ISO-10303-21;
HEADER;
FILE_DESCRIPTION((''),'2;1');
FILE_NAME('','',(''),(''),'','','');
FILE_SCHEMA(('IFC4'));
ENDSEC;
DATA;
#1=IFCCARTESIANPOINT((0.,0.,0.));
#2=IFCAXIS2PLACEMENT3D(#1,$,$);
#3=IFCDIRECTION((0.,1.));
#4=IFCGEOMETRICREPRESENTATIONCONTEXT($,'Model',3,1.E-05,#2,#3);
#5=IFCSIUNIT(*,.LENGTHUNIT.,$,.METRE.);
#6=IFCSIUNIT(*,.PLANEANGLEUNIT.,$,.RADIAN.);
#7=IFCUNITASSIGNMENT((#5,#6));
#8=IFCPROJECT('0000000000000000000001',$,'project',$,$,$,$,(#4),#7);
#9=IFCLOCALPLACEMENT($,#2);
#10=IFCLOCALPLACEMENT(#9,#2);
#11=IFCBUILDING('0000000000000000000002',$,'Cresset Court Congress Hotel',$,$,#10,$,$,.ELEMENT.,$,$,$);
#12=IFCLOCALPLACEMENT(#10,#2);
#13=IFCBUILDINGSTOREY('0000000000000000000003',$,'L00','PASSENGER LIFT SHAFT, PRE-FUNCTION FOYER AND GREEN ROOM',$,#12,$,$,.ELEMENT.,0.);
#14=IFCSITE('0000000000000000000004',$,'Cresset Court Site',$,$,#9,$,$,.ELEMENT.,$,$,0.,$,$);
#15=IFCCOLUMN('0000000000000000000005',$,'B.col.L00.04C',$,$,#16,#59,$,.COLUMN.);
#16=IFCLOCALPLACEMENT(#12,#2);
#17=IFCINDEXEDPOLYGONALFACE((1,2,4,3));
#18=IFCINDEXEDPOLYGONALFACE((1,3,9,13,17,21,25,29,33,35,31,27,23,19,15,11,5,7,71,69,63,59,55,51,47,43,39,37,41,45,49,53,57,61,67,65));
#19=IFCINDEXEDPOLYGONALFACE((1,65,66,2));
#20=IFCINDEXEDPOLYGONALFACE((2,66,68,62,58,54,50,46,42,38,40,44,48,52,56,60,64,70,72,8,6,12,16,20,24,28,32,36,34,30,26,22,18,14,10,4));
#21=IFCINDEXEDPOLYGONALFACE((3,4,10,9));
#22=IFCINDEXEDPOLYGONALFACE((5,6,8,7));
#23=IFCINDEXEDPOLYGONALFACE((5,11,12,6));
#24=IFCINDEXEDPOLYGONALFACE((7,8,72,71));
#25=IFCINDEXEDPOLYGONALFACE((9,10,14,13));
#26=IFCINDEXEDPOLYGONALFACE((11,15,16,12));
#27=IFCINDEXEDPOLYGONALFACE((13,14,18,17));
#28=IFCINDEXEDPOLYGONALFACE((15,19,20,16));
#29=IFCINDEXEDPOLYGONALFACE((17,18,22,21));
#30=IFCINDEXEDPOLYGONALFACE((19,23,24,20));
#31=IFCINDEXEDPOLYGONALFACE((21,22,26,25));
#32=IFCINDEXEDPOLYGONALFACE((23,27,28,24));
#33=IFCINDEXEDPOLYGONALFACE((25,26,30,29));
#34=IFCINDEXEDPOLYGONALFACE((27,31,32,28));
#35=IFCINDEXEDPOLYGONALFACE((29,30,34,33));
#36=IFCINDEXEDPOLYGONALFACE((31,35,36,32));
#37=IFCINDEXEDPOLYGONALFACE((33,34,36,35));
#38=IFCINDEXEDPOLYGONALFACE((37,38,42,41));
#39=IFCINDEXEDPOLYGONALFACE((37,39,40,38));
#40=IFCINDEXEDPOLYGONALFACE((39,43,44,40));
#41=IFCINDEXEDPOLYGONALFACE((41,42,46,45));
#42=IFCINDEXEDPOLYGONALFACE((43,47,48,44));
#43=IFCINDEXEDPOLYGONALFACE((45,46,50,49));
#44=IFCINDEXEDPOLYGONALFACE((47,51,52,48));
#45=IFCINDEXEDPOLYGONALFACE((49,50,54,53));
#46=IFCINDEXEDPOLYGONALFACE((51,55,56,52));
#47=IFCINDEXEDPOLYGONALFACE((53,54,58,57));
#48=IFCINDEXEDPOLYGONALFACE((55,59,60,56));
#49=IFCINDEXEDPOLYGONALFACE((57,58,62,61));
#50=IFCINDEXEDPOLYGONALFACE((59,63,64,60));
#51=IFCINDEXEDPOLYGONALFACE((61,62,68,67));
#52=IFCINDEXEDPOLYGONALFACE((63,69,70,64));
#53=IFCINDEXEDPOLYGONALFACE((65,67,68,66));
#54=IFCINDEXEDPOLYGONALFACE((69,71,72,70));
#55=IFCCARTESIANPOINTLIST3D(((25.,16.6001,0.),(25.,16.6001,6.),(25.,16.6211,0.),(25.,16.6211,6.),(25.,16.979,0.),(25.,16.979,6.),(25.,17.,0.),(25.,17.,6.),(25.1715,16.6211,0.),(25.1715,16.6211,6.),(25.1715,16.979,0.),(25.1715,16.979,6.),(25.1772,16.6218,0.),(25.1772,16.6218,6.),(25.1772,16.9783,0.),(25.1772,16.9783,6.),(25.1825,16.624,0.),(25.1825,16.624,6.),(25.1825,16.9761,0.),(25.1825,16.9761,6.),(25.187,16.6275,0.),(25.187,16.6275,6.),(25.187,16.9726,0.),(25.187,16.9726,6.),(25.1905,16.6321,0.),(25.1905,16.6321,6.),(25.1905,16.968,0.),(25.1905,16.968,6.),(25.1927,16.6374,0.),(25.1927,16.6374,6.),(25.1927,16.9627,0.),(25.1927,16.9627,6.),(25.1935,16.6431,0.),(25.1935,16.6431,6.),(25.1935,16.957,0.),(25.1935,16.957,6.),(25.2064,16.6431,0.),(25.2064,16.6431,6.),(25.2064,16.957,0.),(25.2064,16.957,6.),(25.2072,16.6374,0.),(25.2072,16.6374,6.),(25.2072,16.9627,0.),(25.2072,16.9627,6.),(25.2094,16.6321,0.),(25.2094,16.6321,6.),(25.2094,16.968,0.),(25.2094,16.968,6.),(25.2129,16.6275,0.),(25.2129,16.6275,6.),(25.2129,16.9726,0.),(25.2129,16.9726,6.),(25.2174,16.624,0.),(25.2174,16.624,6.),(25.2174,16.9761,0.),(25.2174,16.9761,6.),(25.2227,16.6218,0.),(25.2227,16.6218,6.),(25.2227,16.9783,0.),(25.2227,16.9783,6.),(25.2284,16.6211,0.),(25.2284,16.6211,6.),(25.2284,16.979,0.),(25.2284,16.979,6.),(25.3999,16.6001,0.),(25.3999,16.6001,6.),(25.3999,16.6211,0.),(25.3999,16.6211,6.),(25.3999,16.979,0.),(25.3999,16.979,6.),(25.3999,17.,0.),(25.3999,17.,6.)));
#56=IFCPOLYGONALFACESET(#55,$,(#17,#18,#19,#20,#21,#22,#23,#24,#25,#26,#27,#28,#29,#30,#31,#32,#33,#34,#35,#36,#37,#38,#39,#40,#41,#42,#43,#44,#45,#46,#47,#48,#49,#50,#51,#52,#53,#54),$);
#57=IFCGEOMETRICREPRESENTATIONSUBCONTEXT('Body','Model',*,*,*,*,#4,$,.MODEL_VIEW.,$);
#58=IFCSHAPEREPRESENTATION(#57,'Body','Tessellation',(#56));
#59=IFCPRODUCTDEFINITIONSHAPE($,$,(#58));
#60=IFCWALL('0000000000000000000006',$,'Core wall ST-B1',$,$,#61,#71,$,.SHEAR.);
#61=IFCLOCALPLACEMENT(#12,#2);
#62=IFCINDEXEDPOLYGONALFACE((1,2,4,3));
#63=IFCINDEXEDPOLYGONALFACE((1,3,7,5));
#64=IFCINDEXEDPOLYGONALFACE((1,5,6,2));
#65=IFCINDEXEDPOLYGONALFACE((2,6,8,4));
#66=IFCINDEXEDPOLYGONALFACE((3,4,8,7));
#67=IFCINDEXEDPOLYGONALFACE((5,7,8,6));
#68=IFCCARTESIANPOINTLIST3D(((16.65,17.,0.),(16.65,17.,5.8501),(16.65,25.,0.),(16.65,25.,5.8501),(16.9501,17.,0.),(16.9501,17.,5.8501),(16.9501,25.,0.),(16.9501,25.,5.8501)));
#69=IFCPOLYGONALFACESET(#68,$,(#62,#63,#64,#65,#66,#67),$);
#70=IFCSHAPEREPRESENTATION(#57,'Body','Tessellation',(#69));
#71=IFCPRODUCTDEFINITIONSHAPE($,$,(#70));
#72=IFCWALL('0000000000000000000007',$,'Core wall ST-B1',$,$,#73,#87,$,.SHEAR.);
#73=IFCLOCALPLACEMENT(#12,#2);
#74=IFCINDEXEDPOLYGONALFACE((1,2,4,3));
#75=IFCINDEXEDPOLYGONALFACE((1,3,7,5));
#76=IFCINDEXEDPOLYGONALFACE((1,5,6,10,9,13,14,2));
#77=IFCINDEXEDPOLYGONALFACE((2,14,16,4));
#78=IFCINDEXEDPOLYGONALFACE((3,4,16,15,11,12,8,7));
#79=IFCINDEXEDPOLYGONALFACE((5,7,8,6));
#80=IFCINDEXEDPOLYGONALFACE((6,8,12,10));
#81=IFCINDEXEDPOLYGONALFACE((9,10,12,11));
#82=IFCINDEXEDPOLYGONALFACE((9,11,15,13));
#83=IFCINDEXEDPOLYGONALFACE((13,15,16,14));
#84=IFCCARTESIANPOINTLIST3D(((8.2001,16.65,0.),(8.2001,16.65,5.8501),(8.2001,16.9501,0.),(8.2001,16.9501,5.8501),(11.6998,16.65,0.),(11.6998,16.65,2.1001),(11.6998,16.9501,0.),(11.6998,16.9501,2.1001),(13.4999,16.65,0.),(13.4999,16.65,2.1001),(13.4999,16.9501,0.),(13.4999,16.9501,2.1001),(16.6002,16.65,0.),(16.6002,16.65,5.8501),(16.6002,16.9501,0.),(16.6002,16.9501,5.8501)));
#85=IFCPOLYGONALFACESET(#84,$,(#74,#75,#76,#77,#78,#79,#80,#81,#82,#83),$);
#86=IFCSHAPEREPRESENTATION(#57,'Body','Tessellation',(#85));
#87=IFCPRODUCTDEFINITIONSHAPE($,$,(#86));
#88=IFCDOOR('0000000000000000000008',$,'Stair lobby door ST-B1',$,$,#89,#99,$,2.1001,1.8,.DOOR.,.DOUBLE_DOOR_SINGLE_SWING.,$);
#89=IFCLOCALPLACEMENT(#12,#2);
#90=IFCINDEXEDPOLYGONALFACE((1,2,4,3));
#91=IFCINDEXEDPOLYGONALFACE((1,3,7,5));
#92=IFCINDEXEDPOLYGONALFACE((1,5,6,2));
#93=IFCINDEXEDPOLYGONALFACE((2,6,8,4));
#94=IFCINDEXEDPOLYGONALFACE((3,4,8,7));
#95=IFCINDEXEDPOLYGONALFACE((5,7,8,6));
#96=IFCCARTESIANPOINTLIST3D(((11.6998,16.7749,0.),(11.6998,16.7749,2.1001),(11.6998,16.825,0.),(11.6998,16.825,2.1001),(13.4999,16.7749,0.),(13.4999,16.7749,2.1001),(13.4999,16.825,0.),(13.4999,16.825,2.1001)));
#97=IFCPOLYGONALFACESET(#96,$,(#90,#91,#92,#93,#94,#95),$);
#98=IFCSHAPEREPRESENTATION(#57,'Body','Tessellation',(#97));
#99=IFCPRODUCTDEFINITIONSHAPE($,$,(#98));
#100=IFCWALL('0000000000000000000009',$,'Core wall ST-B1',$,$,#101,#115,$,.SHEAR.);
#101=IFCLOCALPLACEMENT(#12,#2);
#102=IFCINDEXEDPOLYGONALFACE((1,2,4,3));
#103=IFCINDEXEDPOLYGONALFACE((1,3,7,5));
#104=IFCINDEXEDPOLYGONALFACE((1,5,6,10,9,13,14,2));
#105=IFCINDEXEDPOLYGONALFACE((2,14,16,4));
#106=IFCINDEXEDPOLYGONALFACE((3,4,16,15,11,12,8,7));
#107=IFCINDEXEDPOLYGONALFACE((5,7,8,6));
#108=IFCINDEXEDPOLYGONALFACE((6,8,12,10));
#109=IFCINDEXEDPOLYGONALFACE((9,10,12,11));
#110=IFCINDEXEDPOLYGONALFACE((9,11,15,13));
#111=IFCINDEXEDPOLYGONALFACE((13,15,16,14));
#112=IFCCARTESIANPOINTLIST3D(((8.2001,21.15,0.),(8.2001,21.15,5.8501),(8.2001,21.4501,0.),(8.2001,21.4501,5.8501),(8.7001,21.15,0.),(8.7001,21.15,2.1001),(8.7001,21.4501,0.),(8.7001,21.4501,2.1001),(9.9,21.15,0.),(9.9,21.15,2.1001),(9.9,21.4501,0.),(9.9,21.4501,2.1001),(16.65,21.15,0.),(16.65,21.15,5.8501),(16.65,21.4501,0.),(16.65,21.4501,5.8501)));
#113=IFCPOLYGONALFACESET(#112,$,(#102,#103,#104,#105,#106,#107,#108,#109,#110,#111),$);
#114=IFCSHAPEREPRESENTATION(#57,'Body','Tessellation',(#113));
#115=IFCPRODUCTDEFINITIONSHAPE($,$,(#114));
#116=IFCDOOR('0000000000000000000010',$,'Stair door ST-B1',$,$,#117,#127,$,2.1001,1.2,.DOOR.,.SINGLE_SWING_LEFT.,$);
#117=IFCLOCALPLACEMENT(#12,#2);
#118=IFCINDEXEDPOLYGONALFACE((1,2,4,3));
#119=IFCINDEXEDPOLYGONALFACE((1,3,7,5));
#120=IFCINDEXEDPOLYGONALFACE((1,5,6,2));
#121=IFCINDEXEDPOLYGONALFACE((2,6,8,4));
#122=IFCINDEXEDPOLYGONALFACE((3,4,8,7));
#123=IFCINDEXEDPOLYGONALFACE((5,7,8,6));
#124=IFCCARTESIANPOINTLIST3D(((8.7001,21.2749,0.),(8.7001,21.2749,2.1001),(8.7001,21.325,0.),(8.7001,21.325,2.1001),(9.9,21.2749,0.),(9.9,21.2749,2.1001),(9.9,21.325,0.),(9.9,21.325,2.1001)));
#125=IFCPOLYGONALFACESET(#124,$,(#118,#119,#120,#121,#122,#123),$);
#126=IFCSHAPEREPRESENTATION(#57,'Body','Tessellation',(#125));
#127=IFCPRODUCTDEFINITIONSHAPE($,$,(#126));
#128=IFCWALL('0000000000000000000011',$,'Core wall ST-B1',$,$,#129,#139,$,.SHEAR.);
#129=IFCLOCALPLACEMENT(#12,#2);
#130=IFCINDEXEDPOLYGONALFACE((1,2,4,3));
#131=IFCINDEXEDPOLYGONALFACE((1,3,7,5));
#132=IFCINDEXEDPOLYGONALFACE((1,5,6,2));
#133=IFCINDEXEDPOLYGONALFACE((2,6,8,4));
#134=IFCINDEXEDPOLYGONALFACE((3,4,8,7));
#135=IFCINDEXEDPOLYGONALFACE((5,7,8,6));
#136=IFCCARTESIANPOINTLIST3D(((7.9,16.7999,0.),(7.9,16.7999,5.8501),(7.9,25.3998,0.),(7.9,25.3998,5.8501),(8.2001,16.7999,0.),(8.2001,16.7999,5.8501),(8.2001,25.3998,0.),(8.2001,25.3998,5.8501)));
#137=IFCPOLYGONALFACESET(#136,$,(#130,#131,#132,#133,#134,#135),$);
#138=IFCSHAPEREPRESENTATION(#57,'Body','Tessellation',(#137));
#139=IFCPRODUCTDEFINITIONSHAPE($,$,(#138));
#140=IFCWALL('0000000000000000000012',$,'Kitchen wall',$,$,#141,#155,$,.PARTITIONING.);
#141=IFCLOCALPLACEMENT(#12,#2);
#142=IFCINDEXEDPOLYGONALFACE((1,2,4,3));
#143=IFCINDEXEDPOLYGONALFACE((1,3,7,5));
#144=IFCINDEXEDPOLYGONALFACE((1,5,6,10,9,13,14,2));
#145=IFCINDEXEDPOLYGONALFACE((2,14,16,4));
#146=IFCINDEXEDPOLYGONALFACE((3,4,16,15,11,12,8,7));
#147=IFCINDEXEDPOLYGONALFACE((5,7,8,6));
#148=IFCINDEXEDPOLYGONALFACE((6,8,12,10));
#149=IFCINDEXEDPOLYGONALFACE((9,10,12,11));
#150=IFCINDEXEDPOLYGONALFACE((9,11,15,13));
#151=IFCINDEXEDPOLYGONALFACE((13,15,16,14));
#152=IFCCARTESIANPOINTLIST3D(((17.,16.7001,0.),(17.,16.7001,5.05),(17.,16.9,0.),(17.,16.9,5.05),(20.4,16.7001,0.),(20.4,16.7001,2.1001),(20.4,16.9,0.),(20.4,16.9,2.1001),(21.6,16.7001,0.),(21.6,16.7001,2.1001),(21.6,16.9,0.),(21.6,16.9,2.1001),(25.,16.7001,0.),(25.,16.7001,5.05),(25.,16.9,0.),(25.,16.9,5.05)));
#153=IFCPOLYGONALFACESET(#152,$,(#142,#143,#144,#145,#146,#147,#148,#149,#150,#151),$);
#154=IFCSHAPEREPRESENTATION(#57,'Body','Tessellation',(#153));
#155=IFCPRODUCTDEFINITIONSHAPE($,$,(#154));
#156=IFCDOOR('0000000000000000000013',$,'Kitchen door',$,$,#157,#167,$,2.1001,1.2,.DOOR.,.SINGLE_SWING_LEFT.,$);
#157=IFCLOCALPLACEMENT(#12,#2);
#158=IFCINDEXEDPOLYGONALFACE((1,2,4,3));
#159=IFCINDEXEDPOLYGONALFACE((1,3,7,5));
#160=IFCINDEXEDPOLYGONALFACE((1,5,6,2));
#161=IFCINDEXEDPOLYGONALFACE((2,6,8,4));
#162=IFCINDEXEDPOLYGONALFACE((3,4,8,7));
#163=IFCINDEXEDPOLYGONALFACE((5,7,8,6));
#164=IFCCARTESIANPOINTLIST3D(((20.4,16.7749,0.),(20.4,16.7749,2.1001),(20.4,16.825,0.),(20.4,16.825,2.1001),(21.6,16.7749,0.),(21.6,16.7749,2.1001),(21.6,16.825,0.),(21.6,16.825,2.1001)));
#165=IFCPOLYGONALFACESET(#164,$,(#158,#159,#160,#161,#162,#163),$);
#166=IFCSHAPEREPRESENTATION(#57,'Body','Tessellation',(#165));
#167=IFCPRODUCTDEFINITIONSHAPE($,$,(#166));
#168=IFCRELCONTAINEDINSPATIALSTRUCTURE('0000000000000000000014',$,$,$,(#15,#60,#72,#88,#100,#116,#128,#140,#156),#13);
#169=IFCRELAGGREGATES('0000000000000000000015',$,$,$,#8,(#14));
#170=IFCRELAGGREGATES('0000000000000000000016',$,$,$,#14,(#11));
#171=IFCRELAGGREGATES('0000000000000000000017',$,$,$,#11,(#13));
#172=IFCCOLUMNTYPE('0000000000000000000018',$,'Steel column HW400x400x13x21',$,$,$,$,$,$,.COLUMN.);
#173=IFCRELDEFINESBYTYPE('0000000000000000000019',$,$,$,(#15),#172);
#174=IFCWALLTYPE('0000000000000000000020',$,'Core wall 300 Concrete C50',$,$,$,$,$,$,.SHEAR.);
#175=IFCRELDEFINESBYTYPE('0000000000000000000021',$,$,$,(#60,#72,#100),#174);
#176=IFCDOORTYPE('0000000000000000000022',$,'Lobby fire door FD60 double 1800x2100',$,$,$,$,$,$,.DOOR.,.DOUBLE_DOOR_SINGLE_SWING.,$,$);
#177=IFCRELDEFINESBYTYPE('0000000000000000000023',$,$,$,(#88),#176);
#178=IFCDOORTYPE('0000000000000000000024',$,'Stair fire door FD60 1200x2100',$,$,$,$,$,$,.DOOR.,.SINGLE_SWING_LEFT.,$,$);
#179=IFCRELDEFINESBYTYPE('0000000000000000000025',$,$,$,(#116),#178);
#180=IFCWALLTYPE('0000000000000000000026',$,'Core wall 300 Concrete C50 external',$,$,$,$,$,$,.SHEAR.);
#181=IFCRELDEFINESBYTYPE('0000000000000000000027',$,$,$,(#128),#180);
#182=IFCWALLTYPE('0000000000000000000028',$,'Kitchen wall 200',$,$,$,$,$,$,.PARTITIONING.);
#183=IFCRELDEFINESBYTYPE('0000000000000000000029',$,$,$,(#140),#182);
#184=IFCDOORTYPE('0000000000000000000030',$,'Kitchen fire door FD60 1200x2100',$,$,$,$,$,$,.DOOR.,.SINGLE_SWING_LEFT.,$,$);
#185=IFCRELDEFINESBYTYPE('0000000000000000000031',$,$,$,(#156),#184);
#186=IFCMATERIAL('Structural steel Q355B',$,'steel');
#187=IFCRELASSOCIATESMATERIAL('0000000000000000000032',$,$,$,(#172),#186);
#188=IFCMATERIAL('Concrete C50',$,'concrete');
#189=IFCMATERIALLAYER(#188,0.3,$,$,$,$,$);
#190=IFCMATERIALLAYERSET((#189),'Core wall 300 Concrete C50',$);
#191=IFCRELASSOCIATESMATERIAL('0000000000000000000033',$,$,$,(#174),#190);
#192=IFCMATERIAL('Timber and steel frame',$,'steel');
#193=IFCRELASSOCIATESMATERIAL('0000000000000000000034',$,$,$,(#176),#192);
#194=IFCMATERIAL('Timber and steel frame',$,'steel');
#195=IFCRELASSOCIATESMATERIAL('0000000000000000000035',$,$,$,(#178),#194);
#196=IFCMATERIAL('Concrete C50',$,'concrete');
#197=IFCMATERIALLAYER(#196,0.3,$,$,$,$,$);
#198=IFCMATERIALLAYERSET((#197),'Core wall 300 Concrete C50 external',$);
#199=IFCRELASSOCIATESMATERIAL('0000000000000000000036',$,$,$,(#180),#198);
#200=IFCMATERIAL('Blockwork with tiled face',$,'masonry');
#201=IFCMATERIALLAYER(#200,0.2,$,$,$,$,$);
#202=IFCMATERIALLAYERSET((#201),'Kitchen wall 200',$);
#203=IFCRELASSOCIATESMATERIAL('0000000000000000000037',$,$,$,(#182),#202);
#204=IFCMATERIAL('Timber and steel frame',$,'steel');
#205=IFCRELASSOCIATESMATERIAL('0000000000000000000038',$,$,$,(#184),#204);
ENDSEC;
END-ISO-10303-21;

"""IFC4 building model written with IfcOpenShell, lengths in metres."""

from ifc_helpers import new_model, si_unit, direction, frame, frame_2d, origin, origin_2d, place, context, subcontext, project, spatial, rectangle, i_section, extrude, material, layer, layer_set, material_profile, profile_set, type_object, element, fill, save


model = new_model("IFC4")

# Units and contexts
model_context = context("Model", 3, precision=1e-05, world=origin(), true_north=direction((0.0, 1.0)))
body_context = subcontext(model_context, "Body", "Model", "MODEL_VIEW")
ifc_project = project(units=[si_unit("LENGTHUNIT", "METRE"), si_unit("PLANEANGLEUNIT", "RADIAN")], contexts=[model_context])

# Site, building, storey
site_placement = place(None, origin())
site = spatial("IfcSite", under=ifc_project, at=site_placement, Name="Cresset Court Site", CompositionType="ELEMENT", RefElevation=0.0)
building_placement = place(site_placement, origin())
building = spatial("IfcBuilding", under=site, at=building_placement, Name="Cresset Court Congress Hotel", CompositionType="ELEMENT")
storey_placement = place(building_placement, origin())
storey = spatial("IfcBuildingStorey", under=building, at=storey_placement, Name="L00", Description="PASSENGER LIFT SHAFT, PRE-FUNCTION FOYER AND GREEN ROOM", CompositionType="ELEMENT", Elevation=0.0)

# Column
ifc_material_1 = material(Name="Structural steel Q355B", Category="steel")
ifc_material_profile = material_profile(ifc_material_1, i_section(OverallWidth=0.3999, OverallDepth=0.3999, WebThickness=0.0129, FlangeThickness=0.021, FilletRadius=0.022, at=origin_2d()), Name="HW400x400x13x21")
ifc_profile_set = profile_set([ifc_material_profile], Name="Structural steel Q355B")
column_type = type_object("IfcColumnType", Name="Steel column HW400x400x13x21", PredefinedType="COLUMN", material=ifc_profile_set)
for number, where, z_axis, x_axis, name in (
    (1, (25.2, 16.8, 0.0), (0.0, 0.0, 1.0), (1.0, 0.0, 0.0), "B.col.L00.04C"),
):
    element("IfcColumn", number, at=place(storey_placement, frame(where, z_axis=z_axis, x_axis=x_axis)), inside=storey, type_object=column_type, Name=name, PredefinedType="COLUMN", context=body_context, shape_type="SweptSolid", body=[
        extrude(i_section(OverallWidth=0.3999, OverallDepth=0.3999, WebThickness=0.0129, FlangeThickness=0.021, FilletRadius=0.022, at=origin_2d()), origin(), (0.0, 0.0, 1.0), 6.0),
    ])

# Wall
ifc_material_2 = material(Name="Concrete C50", Category="concrete")
ifc_layer_1 = layer(ifc_material_2, 0.3)
ifc_layer_set_1 = layer_set([ifc_layer_1], Name="Core wall 300 Concrete C50")
wall_type_1 = type_object("IfcWallType", Name="Core wall 300 Concrete C50", PredefinedType="SHEAR", material=ifc_layer_set_1)
wall_1_placement = place(storey_placement, frame((16.8, 17.0, 0.0), z_axis=(0.0, 0.0, 1.0), x_axis=(0.0, 1.0, 0.0)))
element("IfcWall", 2, at=wall_1_placement, inside=storey, type_object=wall_type_1, Name="Core wall ST-B1", PredefinedType="SHEAR", context=body_context, shape_type="SweptSolid", body=[
    extrude(rectangle(XDim=8.0, YDim=0.3, at=frame_2d((4.0, 0.0))), origin(), (0.0, 0.0, 1.0), 5.8501),
])

# Walls, openings, doors
wall_2_placement = place(storey_placement, frame((8.2, 16.8, 0.0), z_axis=(0.0, 0.0, 1.0), x_axis=(1.0, 0.0, 0.0)))
wall_2 = element("IfcWall", 3, at=wall_2_placement, inside=storey, type_object=wall_type_1, Name="Core wall ST-B1", PredefinedType="SHEAR", context=body_context, shape_type="SweptSolid", body=[
    extrude(rectangle(XDim=8.4001, YDim=0.3, at=frame_2d((4.2002, 0.0))), origin(), (0.0, 0.0, 1.0), 5.8501),
])
opening_1_placement = place(wall_2_placement, frame((3.5, 0.0, 0.0)))
opening_1 = element("IfcOpeningElement", 4, at=opening_1_placement, cuts=wall_2, PredefinedType="OPENING", context=body_context, shape_type="SweptSolid", body=[
    extrude(rectangle(XDim=1.8, YDim=2.1001, at=frame_2d((0.8999, 1.05))), frame((0.0, 0.1599, 0.0), z_axis=(0.0, -1.0, 0.0), x_axis=(1.0, 0.0, 0.0)), (0.0, 0.0, 1.0), 0.3201),
])
ifc_material_3 = material(Name="Timber and steel frame", Category="steel")
door_type_1 = type_object("IfcDoorType", Name="Lobby fire door FD60 double 1800x2100", OperationType="DOUBLE_DOOR_SINGLE_SWING", PredefinedType="DOOR", material=ifc_material_3)
door_1_placement = place(opening_1_placement, origin())
door_1 = element("IfcDoor", 5, at=door_1_placement, inside=storey, type_object=door_type_1, Name="Stair lobby door ST-B1", OperationType="DOUBLE_DOOR_SINGLE_SWING", OverallHeight=2.1001, OverallWidth=1.8, PredefinedType="DOOR", context=body_context, shape_type="SweptSolid", body=[
    extrude(rectangle(XDim=1.8, YDim=2.1001, at=frame_2d((0.8999, 1.05))), frame((0.0, 0.0249, 0.0), z_axis=(0.0, -1.0, 0.0), x_axis=(1.0, 0.0, 0.0)), (0.0, 0.0, 1.0), 0.05),
])
fill(opening_1, door_1)
wall_3_placement = place(storey_placement, frame((8.2, 21.3, 0.0), z_axis=(0.0, 0.0, 1.0), x_axis=(1.0, 0.0, 0.0)))
wall_3 = element("IfcWall", 6, at=wall_3_placement, inside=storey, type_object=wall_type_1, Name="Core wall ST-B1", PredefinedType="SHEAR", context=body_context, shape_type="SweptSolid", body=[
    extrude(rectangle(XDim=8.45, YDim=0.3, at=frame_2d((4.2251, 0.0))), origin(), (0.0, 0.0, 1.0), 5.8501),
])
opening_2_placement = place(wall_3_placement, frame((0.5, 0.0, 0.0)))
opening_2 = element("IfcOpeningElement", 7, at=opening_2_placement, cuts=wall_3, PredefinedType="OPENING", context=body_context, shape_type="SweptSolid", body=[
    extrude(rectangle(XDim=1.2, YDim=2.1001, at=frame_2d((0.6001, 1.05))), frame((0.0, 0.1599, 0.0), z_axis=(0.0, -1.0, 0.0), x_axis=(1.0, 0.0, 0.0)), (0.0, 0.0, 1.0), 0.3201),
])
ifc_material_4 = material(Name="Timber and steel frame", Category="steel")
door_type_2 = type_object("IfcDoorType", Name="Stair fire door FD60 1200x2100", OperationType="SINGLE_SWING_LEFT", PredefinedType="DOOR", material=ifc_material_4)
door_2_placement = place(opening_2_placement, origin())
door_2 = element("IfcDoor", 8, at=door_2_placement, inside=storey, type_object=door_type_2, Name="Stair door ST-B1", OperationType="SINGLE_SWING_LEFT", OverallHeight=2.1001, OverallWidth=1.2, PredefinedType="DOOR", context=body_context, shape_type="SweptSolid", body=[
    extrude(rectangle(XDim=1.2, YDim=2.1001, at=frame_2d((0.6001, 1.05))), frame((0.0, 0.0249, 0.0), z_axis=(0.0, -1.0, 0.0), x_axis=(1.0, 0.0, 0.0)), (0.0, 0.0, 1.0), 0.05),
])
fill(opening_2, door_2)

# Wall
ifc_material_5 = material(Name="Concrete C50", Category="concrete")
ifc_layer_2 = layer(ifc_material_5, 0.3)
ifc_layer_set_2 = layer_set([ifc_layer_2], Name="Core wall 300 Concrete C50 external")
wall_type_2 = type_object("IfcWallType", Name="Core wall 300 Concrete C50 external", PredefinedType="SHEAR", material=ifc_layer_set_2)
wall_4_placement = place(storey_placement, frame((8.05, 16.8, 0.0), z_axis=(0.0, 0.0, 1.0), x_axis=(0.0, 1.0, 0.0)))
element("IfcWall", 9, at=wall_4_placement, inside=storey, type_object=wall_type_2, Name="Core wall ST-B1", PredefinedType="SHEAR", context=body_context, shape_type="SweptSolid", body=[
    extrude(rectangle(XDim=8.5999, YDim=0.3, at=frame_2d((4.2998, 0.0))), origin(), (0.0, 0.0, 1.0), 5.8501),
])

# Wall, opening, door
ifc_material_6 = material(Name="Blockwork with tiled face", Category="masonry")
ifc_layer_3 = layer(ifc_material_6, 0.2)
ifc_layer_set_3 = layer_set([ifc_layer_3], Name="Kitchen wall 200")
wall_type_3 = type_object("IfcWallType", Name="Kitchen wall 200", PredefinedType="PARTITIONING", material=ifc_layer_set_3)
wall_5_placement = place(storey_placement, frame((17.0, 16.8, 0.0), z_axis=(0.0, 0.0, 1.0), x_axis=(1.0, 0.0, 0.0)))
wall_5 = element("IfcWall", 10, at=wall_5_placement, inside=storey, type_object=wall_type_3, Name="Kitchen wall", PredefinedType="PARTITIONING", context=body_context, shape_type="SweptSolid", body=[
    extrude(rectangle(XDim=8.0, YDim=0.2, at=frame_2d((4.0, 0.0))), origin(), (0.0, 0.0, 1.0), 5.05),
])
opening_3_placement = place(wall_5_placement, frame((3.3999, 0.0, 0.0)))
opening_3 = element("IfcOpeningElement", 11, at=opening_3_placement, cuts=wall_5, PredefinedType="OPENING", context=body_context, shape_type="SweptSolid", body=[
    extrude(rectangle(XDim=1.2, YDim=2.1001, at=frame_2d((0.6001, 1.05))), frame((0.0, 0.1099, 0.0), z_axis=(0.0, -1.0, 0.0), x_axis=(1.0, 0.0, 0.0)), (0.0, 0.0, 1.0), 0.22),
])
ifc_material_7 = material(Name="Timber and steel frame", Category="steel")
door_type_3 = type_object("IfcDoorType", Name="Kitchen fire door FD60 1200x2100", OperationType="SINGLE_SWING_LEFT", PredefinedType="DOOR", material=ifc_material_7)
door_3_placement = place(opening_3_placement, origin())
door_3 = element("IfcDoor", 12, at=door_3_placement, inside=storey, type_object=door_type_3, Name="Kitchen door", OperationType="SINGLE_SWING_LEFT", OverallHeight=2.1001, OverallWidth=1.2, PredefinedType="DOOR", context=body_context, shape_type="SweptSolid", body=[
    extrude(rectangle(XDim=1.2, YDim=2.1001, at=frame_2d((0.6001, 1.05))), frame((0.0, 0.0249, 0.0), z_axis=(0.0, -1.0, 0.0), x_axis=(1.0, 0.0, 0.0)), (0.0, 0.0, 1.0), 0.05),
])
fill(opening_3, door_3)

save(model, "model.ifc")
